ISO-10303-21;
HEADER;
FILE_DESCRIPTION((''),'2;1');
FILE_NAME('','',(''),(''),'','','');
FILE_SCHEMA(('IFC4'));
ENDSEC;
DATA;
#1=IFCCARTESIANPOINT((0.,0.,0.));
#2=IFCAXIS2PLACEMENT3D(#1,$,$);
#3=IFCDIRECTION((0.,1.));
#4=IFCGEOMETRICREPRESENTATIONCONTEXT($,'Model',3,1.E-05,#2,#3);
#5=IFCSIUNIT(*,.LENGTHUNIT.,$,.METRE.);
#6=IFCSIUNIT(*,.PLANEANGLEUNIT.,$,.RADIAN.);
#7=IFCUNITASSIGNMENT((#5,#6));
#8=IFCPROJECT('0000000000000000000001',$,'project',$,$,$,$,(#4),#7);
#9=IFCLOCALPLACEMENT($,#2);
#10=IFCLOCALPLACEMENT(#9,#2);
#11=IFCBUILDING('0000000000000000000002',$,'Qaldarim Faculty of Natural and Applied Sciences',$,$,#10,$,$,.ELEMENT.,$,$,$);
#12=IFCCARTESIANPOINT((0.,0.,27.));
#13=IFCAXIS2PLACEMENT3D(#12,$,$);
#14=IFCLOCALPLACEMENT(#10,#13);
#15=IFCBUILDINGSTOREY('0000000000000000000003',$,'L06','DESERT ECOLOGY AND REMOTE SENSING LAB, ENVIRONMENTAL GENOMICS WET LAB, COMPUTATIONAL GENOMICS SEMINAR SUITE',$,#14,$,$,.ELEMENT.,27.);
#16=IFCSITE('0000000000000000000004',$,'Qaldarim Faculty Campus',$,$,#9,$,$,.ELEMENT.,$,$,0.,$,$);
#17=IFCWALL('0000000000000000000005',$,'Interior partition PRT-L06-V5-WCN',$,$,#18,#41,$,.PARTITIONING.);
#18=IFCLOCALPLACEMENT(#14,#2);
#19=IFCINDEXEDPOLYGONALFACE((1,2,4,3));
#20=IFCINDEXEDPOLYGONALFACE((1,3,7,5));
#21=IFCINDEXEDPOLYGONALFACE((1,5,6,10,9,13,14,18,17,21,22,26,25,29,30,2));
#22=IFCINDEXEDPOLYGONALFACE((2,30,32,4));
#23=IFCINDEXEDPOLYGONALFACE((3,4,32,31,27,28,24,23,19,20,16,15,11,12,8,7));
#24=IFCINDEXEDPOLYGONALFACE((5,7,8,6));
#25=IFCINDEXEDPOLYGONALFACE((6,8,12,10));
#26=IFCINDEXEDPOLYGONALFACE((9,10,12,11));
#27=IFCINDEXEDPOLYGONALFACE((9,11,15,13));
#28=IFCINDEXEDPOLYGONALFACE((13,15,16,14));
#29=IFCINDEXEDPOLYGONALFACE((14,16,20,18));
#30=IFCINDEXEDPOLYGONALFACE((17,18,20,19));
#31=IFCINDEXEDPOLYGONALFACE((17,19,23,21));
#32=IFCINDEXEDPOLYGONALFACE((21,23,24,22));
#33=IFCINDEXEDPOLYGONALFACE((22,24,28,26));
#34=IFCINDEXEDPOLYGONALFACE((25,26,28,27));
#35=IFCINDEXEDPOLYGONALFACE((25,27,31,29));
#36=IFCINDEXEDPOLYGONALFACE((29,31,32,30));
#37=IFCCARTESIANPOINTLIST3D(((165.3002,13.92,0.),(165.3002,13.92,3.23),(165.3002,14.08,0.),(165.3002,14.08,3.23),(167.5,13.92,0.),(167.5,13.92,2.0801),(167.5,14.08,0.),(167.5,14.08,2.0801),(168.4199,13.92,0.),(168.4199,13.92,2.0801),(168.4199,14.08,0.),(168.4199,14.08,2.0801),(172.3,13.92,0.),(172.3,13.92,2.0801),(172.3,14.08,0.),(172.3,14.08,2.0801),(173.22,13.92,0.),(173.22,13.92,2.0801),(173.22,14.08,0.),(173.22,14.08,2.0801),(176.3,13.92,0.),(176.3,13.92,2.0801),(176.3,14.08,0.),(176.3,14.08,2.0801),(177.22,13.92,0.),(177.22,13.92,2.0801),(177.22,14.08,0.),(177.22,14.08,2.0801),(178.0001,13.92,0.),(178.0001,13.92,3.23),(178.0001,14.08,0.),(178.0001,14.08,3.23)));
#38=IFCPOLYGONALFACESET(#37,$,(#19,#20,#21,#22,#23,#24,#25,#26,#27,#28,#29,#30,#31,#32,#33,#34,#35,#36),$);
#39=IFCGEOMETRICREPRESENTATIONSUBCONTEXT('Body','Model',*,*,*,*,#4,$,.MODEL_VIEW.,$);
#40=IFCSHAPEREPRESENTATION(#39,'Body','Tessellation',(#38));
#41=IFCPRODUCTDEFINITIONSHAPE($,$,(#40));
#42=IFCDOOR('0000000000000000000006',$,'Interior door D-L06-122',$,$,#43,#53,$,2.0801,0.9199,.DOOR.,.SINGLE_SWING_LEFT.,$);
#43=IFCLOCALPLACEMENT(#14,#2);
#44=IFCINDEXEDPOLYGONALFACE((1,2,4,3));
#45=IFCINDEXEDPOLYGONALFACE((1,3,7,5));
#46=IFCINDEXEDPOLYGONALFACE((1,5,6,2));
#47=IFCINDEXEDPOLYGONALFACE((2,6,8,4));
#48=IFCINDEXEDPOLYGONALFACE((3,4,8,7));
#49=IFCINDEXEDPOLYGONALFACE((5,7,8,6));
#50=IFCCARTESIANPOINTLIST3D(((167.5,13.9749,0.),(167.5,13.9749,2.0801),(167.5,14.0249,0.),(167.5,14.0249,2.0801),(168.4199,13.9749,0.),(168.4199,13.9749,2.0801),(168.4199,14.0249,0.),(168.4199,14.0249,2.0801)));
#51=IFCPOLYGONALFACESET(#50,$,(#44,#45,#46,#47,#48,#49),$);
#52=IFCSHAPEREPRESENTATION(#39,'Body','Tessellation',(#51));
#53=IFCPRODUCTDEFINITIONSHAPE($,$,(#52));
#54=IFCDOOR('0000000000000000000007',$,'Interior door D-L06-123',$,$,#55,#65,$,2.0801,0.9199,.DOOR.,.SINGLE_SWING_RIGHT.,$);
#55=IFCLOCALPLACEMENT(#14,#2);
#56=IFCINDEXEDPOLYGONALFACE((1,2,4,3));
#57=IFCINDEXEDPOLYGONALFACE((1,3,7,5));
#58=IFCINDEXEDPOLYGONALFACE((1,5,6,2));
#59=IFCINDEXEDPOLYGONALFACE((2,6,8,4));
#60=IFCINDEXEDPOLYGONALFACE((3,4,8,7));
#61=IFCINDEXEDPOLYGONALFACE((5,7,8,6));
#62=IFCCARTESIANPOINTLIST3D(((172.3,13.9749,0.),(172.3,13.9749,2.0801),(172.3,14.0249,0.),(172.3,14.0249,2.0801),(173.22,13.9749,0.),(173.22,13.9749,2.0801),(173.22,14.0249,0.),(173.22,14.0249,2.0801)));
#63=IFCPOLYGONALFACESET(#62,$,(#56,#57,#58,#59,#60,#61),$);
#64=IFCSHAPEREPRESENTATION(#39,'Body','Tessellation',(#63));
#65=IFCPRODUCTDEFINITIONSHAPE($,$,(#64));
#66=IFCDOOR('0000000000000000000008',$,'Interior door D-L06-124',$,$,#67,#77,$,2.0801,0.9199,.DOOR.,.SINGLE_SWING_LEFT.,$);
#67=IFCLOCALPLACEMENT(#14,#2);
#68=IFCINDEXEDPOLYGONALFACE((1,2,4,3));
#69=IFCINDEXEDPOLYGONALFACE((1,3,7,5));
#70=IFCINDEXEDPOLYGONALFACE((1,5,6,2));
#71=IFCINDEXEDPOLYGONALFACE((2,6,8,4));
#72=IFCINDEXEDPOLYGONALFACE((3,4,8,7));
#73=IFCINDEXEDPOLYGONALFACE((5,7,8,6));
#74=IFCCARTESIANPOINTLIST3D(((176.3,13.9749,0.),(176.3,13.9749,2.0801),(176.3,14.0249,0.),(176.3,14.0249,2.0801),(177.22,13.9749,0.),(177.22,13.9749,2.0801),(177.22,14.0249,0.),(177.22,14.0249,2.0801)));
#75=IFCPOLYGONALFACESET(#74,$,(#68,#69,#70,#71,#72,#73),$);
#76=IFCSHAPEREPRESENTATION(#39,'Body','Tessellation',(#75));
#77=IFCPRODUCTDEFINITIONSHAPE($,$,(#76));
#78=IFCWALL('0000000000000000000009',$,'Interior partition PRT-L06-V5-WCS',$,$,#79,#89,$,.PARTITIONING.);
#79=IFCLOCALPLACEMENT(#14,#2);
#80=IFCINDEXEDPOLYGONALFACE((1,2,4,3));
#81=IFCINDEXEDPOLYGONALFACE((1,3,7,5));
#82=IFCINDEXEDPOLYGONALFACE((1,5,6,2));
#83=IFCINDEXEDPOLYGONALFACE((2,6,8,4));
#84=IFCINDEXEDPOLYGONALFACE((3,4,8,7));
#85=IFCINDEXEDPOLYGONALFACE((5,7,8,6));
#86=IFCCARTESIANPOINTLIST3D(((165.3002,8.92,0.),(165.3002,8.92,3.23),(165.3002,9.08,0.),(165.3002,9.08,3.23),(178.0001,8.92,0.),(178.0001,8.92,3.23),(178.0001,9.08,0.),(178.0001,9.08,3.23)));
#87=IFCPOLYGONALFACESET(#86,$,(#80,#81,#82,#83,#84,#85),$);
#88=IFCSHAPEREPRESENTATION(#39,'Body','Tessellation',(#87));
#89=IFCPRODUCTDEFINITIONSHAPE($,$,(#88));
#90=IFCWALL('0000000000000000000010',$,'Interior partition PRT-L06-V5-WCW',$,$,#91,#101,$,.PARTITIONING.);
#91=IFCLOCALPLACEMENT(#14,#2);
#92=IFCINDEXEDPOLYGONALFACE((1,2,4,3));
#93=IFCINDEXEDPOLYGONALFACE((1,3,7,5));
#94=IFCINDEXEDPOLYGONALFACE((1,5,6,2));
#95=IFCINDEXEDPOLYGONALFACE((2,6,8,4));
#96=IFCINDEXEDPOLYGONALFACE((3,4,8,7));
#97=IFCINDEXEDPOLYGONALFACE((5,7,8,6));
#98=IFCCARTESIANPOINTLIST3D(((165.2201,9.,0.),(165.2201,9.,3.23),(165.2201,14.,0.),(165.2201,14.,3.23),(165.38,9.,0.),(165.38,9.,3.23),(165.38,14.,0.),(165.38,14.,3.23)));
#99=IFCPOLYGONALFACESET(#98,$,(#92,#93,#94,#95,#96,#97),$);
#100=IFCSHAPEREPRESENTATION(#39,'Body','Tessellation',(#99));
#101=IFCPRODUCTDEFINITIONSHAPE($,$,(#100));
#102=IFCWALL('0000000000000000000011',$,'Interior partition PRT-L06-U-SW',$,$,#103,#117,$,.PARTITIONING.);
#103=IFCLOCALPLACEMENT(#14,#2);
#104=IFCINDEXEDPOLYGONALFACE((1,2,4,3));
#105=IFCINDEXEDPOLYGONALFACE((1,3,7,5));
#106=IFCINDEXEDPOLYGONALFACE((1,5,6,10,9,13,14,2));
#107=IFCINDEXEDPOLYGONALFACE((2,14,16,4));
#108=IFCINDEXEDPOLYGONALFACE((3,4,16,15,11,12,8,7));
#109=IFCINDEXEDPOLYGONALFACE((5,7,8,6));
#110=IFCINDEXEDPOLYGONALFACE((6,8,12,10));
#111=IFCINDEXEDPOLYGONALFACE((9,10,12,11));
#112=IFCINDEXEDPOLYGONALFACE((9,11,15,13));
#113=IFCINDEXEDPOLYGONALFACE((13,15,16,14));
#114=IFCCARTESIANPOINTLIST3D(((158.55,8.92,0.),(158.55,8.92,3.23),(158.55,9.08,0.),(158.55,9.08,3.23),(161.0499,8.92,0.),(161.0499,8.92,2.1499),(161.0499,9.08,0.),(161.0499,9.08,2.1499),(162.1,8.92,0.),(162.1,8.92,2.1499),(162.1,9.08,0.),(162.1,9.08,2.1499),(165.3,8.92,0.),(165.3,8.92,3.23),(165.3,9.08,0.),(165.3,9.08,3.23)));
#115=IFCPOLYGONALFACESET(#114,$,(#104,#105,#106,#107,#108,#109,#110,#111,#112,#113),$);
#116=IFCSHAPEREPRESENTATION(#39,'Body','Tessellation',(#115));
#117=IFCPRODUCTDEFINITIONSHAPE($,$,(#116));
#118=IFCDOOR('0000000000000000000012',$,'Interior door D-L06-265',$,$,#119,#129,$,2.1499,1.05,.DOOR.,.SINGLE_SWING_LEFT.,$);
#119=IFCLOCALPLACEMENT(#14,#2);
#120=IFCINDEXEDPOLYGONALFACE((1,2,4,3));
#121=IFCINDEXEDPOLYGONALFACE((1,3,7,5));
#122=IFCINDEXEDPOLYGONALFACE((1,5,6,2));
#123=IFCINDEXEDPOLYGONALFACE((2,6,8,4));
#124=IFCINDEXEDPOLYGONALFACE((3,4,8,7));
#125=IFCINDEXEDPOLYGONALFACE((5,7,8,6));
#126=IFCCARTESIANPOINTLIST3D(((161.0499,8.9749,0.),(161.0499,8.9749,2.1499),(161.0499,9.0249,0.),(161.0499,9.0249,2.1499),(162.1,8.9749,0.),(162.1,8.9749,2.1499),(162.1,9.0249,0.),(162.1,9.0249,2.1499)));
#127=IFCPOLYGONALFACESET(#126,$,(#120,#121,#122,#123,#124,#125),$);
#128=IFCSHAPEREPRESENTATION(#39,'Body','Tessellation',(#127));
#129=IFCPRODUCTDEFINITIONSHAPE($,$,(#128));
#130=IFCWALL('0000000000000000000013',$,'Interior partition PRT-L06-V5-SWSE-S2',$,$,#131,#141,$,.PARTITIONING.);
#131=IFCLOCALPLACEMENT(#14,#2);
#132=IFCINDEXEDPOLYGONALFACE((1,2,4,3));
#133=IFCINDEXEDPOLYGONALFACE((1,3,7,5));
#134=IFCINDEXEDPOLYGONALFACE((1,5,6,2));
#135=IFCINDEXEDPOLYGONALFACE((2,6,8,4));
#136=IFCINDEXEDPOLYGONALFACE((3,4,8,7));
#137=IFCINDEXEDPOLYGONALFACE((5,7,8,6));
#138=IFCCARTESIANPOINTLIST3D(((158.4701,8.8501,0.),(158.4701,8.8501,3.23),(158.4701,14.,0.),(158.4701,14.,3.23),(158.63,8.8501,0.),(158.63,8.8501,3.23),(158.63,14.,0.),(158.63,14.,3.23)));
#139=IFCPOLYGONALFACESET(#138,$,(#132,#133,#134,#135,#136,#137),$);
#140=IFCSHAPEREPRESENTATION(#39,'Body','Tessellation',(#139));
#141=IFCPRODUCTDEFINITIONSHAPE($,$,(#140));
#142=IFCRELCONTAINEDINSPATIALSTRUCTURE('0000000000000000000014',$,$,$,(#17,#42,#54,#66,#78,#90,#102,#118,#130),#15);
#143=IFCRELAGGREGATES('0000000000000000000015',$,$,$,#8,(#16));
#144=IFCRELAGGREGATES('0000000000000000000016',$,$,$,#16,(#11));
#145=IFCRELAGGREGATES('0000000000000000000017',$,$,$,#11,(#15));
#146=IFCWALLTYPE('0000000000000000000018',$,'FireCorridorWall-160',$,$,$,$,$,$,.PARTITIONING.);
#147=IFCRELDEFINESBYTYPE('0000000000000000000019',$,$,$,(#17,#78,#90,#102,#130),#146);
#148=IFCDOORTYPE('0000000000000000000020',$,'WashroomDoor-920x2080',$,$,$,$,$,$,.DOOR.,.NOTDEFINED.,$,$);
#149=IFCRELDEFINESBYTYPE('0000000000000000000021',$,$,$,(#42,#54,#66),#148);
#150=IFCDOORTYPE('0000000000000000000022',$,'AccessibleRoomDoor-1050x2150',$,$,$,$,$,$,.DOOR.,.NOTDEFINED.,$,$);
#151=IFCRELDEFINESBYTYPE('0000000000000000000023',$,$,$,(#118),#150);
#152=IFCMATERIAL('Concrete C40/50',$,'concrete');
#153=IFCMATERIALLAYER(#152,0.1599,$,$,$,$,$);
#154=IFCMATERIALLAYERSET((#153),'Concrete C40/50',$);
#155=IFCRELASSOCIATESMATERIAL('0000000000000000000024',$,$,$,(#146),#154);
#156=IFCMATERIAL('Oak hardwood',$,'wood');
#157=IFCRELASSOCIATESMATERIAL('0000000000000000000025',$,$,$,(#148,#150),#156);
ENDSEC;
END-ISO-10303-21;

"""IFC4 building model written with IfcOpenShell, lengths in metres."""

from ifc_helpers import new_model, si_unit, direction, frame, frame_2d, origin, place, context, subcontext, project, spatial, rectangle, extrude, material, layer, layer_set, type_object, element, fill, save


model = new_model("IFC4")

# Units and contexts
model_context = context("Model", 3, precision=1e-05, world=origin(), true_north=direction((0.0, 1.0)))
body_context = subcontext(model_context, "Body", "Model", "MODEL_VIEW")
ifc_project = project(units=[si_unit("LENGTHUNIT", "METRE"), si_unit("PLANEANGLEUNIT", "RADIAN")], contexts=[model_context])

# Site, building, storey
site_placement = place(None, origin())
site = spatial("IfcSite", under=ifc_project, at=site_placement, Name="Qaldarim Faculty Campus", CompositionType="ELEMENT", RefElevation=0.0)
building_placement = place(site_placement, origin())
building = spatial("IfcBuilding", under=site, at=building_placement, Name="Qaldarim Faculty of Natural and Applied Sciences", CompositionType="ELEMENT")
storey_placement = place(building_placement, frame((0.0, 0.0, 27.0)))
storey = spatial("IfcBuildingStorey", under=building, at=storey_placement, Name="L06", Description="DESERT ECOLOGY AND REMOTE SENSING LAB, ENVIRONMENTAL GENOMICS WET LAB, COMPUTATIONAL GENOMICS SEMINAR SUITE", CompositionType="ELEMENT", Elevation=27.0)

# Shared definitions
ifc_material_1 = material(Name="Concrete C40/50", Category="concrete")

# Wall, openings, doors
ifc_layer_1 = layer(ifc_material_1, 0.1599)
ifc_layer_set_1 = layer_set([ifc_layer_1], Name="Concrete C40/50")
wall_type_1 = type_object("IfcWallType", Name="FireCorridorWall-160", PredefinedType="PARTITIONING", material=ifc_layer_set_1)
wall_1_placement = place(storey_placement, frame((165.3, 14.0, 0.0), z_axis=(0.0, 0.0, 1.0), x_axis=(1.0, 0.0, 0.0)))
wall_1 = element("IfcWall", 1, at=wall_1_placement, inside=storey, type_object=wall_type_1, Name="Interior partition PRT-L06-V5-WCN", PredefinedType="PARTITIONING", context=body_context, shape_type="SweptSolid", body=[
    extrude(rectangle(XDim=12.7, YDim=0.1599, at=frame_2d((6.3501, 0.0))), origin(), (0.0, 0.0, 1.0), 3.23),
])
opening_1_placement = place(wall_1_placement, frame((2.2, 0.0, 0.0)))
opening_1 = element("IfcOpeningElement", 2, at=opening_1_placement, cuts=wall_1, PredefinedType="OPENING", context=body_context, shape_type="SweptSolid", body=[
    extrude(rectangle(XDim=0.9199, YDim=2.0801, at=frame_2d((0.46, 1.04))), frame((0.0, 0.0898, 0.0), z_axis=(0.0, -1.0, 0.0), x_axis=(1.0, 0.0, 0.0)), (0.0, 0.0, 1.0), 0.1799),
])
opening_2_placement = place(wall_1_placement, frame((7.0, 0.0, 0.0)))
opening_2 = element("IfcOpeningElement", 3, at=opening_2_placement, cuts=wall_1, PredefinedType="OPENING", context=body_context, shape_type="SweptSolid", body=[
    extrude(rectangle(XDim=0.9199, YDim=2.0801, at=frame_2d((0.46, 1.04))), frame((0.0, 0.0898, 0.0), z_axis=(0.0, -1.0, 0.0), x_axis=(1.0, 0.0, 0.0)), (0.0, 0.0, 1.0), 0.1799),
])
opening_3_placement = place(wall_1_placement, frame((11.0, 0.0, 0.0)))
opening_3 = element("IfcOpeningElement", 4, at=opening_3_placement, cuts=wall_1, PredefinedType="OPENING", context=body_context, shape_type="SweptSolid", body=[
    extrude(rectangle(XDim=0.9199, YDim=2.0801, at=frame_2d((0.46, 1.04))), frame((0.0, 0.0898, 0.0), z_axis=(0.0, -1.0, 0.0), x_axis=(1.0, 0.0, 0.0)), (0.0, 0.0, 1.0), 0.1799),
])
ifc_material_2 = material(Name="Oak hardwood", Category="wood")
door_type_1 = type_object("IfcDoorType", Name="WashroomDoor-920x2080", OperationType="NOTDEFINED", PredefinedType="DOOR", material=ifc_material_2)
door_1_placement = place(opening_1_placement, origin())
door_1 = element("IfcDoor", 5, at=door_1_placement, inside=storey, type_object=door_type_1, Name="Interior door D-L06-122", OperationType="SINGLE_SWING_LEFT", OverallHeight=2.0801, OverallWidth=0.9199, PredefinedType="DOOR", context=body_context, shape_type="SweptSolid", body=[
    extrude(rectangle(XDim=0.9199, YDim=2.0801, at=frame_2d((0.46, 1.04))), frame((0.0, 0.0249, 0.0), z_axis=(0.0, -1.0, 0.0), x_axis=(1.0, 0.0, 0.0)), (0.0, 0.0, 1.0), 0.05),
])
fill(opening_1, door_1)
door_2_placement = place(opening_2_placement, origin())
door_2 = element("IfcDoor", 6, at=door_2_placement, inside=storey, type_object=door_type_1, Name="Interior door D-L06-123", OperationType="SINGLE_SWING_RIGHT", OverallHeight=2.0801, OverallWidth=0.9199, PredefinedType="DOOR", context=body_context, shape_type="SweptSolid", body=[
    extrude(rectangle(XDim=0.9199, YDim=2.0801, at=frame_2d((0.46, 1.04))), frame((0.0, 0.0249, 0.0), z_axis=(0.0, -1.0, 0.0), x_axis=(1.0, 0.0, 0.0)), (0.0, 0.0, 1.0), 0.05),
])
fill(opening_2, door_2)
door_3_placement = place(opening_3_placement, origin())
door_3 = element("IfcDoor", 7, at=door_3_placement, inside=storey, type_object=door_type_1, Name="Interior door D-L06-124", OperationType="SINGLE_SWING_LEFT", OverallHeight=2.0801, OverallWidth=0.9199, PredefinedType="DOOR", context=body_context, shape_type="SweptSolid", body=[
    extrude(rectangle(XDim=0.9199, YDim=2.0801, at=frame_2d((0.46, 1.04))), frame((0.0, 0.0249, 0.0), z_axis=(0.0, -1.0, 0.0), x_axis=(1.0, 0.0, 0.0)), (0.0, 0.0, 1.0), 0.05),
])
fill(opening_3, door_3)

# Walls
wall_2_placement = place(storey_placement, frame((165.3, 9.0, 0.0), z_axis=(0.0, 0.0, 1.0), x_axis=(1.0, 0.0, 0.0)))
element("IfcWall", 8, at=wall_2_placement, inside=storey, type_object=wall_type_1, Name="Interior partition PRT-L06-V5-WCS", PredefinedType="PARTITIONING", context=body_context, shape_type="SweptSolid", body=[
    extrude(rectangle(XDim=12.7, YDim=0.1599, at=frame_2d((6.3501, 0.0))), origin(), (0.0, 0.0, 1.0), 3.23),
])
wall_3_placement = place(storey_placement, frame((165.3, 9.0, 0.0), z_axis=(0.0, 0.0, 1.0), x_axis=(0.0, 1.0, 0.0)))
element("IfcWall", 9, at=wall_3_placement, inside=storey, type_object=wall_type_1, Name="Interior partition PRT-L06-V5-WCW", PredefinedType="PARTITIONING", context=body_context, shape_type="SweptSolid", body=[
    extrude(rectangle(XDim=5.0, YDim=0.1599, at=frame_2d((2.5, 0.0))), origin(), (0.0, 0.0, 1.0), 3.23),
])

# Wall, opening, door
wall_4_placement = place(storey_placement, frame((158.55, 9.0, 0.0), z_axis=(0.0, 0.0, 1.0), x_axis=(1.0, 0.0, 0.0)))
wall_4 = element("IfcWall", 10, at=wall_4_placement, inside=storey, type_object=wall_type_1, Name="Interior partition PRT-L06-U-SW", PredefinedType="PARTITIONING", context=body_context, shape_type="SweptSolid", body=[
    extrude(rectangle(XDim=6.75, YDim=0.1599, at=frame_2d((3.375, 0.0))), origin(), (0.0, 0.0, 1.0), 3.23),
])
opening_4_placement = place(wall_4_placement, frame((2.5, 0.0, 0.0)))
opening_4 = element("IfcOpeningElement", 11, at=opening_4_placement, cuts=wall_4, PredefinedType="OPENING", context=body_context, shape_type="SweptSolid", body=[
    extrude(rectangle(XDim=1.05, YDim=2.1499, at=frame_2d((0.5249, 1.075))), frame((0.0, 0.0898, 0.0), z_axis=(0.0, -1.0, 0.0), x_axis=(1.0, 0.0, 0.0)), (0.0, 0.0, 1.0), 0.1799),
])
door_type_2 = type_object("IfcDoorType", Name="AccessibleRoomDoor-1050x2150", OperationType="NOTDEFINED", PredefinedType="DOOR", material=ifc_material_2)
door_4_placement = place(opening_4_placement, origin())
door_4 = element("IfcDoor", 12, at=door_4_placement, inside=storey, type_object=door_type_2, Name="Interior door D-L06-265", OperationType="SINGLE_SWING_LEFT", OverallHeight=2.1499, OverallWidth=1.05, PredefinedType="DOOR", context=body_context, shape_type="SweptSolid", body=[
    extrude(rectangle(XDim=1.05, YDim=2.1499, at=frame_2d((0.5249, 1.075))), frame((0.0, 0.0249, 0.0), z_axis=(0.0, -1.0, 0.0), x_axis=(1.0, 0.0, 0.0)), (0.0, 0.0, 1.0), 0.05),
])
fill(opening_4, door_4)

# Wall
wall_5_placement = place(storey_placement, frame((158.55, 8.8501, 0.0), z_axis=(0.0, 0.0, 1.0), x_axis=(0.0, 1.0, 0.0)))
element("IfcWall", 13, at=wall_5_placement, inside=storey, type_object=wall_type_1, Name="Interior partition PRT-L06-V5-SWSE-S2", PredefinedType="PARTITIONING", context=body_context, shape_type="SweptSolid", body=[
    extrude(rectangle(XDim=5.1499, YDim=0.1599, at=frame_2d((2.575, 0.0))), origin(), (0.0, 0.0, 1.0), 3.23),
])

save(model, "model.ifc")
